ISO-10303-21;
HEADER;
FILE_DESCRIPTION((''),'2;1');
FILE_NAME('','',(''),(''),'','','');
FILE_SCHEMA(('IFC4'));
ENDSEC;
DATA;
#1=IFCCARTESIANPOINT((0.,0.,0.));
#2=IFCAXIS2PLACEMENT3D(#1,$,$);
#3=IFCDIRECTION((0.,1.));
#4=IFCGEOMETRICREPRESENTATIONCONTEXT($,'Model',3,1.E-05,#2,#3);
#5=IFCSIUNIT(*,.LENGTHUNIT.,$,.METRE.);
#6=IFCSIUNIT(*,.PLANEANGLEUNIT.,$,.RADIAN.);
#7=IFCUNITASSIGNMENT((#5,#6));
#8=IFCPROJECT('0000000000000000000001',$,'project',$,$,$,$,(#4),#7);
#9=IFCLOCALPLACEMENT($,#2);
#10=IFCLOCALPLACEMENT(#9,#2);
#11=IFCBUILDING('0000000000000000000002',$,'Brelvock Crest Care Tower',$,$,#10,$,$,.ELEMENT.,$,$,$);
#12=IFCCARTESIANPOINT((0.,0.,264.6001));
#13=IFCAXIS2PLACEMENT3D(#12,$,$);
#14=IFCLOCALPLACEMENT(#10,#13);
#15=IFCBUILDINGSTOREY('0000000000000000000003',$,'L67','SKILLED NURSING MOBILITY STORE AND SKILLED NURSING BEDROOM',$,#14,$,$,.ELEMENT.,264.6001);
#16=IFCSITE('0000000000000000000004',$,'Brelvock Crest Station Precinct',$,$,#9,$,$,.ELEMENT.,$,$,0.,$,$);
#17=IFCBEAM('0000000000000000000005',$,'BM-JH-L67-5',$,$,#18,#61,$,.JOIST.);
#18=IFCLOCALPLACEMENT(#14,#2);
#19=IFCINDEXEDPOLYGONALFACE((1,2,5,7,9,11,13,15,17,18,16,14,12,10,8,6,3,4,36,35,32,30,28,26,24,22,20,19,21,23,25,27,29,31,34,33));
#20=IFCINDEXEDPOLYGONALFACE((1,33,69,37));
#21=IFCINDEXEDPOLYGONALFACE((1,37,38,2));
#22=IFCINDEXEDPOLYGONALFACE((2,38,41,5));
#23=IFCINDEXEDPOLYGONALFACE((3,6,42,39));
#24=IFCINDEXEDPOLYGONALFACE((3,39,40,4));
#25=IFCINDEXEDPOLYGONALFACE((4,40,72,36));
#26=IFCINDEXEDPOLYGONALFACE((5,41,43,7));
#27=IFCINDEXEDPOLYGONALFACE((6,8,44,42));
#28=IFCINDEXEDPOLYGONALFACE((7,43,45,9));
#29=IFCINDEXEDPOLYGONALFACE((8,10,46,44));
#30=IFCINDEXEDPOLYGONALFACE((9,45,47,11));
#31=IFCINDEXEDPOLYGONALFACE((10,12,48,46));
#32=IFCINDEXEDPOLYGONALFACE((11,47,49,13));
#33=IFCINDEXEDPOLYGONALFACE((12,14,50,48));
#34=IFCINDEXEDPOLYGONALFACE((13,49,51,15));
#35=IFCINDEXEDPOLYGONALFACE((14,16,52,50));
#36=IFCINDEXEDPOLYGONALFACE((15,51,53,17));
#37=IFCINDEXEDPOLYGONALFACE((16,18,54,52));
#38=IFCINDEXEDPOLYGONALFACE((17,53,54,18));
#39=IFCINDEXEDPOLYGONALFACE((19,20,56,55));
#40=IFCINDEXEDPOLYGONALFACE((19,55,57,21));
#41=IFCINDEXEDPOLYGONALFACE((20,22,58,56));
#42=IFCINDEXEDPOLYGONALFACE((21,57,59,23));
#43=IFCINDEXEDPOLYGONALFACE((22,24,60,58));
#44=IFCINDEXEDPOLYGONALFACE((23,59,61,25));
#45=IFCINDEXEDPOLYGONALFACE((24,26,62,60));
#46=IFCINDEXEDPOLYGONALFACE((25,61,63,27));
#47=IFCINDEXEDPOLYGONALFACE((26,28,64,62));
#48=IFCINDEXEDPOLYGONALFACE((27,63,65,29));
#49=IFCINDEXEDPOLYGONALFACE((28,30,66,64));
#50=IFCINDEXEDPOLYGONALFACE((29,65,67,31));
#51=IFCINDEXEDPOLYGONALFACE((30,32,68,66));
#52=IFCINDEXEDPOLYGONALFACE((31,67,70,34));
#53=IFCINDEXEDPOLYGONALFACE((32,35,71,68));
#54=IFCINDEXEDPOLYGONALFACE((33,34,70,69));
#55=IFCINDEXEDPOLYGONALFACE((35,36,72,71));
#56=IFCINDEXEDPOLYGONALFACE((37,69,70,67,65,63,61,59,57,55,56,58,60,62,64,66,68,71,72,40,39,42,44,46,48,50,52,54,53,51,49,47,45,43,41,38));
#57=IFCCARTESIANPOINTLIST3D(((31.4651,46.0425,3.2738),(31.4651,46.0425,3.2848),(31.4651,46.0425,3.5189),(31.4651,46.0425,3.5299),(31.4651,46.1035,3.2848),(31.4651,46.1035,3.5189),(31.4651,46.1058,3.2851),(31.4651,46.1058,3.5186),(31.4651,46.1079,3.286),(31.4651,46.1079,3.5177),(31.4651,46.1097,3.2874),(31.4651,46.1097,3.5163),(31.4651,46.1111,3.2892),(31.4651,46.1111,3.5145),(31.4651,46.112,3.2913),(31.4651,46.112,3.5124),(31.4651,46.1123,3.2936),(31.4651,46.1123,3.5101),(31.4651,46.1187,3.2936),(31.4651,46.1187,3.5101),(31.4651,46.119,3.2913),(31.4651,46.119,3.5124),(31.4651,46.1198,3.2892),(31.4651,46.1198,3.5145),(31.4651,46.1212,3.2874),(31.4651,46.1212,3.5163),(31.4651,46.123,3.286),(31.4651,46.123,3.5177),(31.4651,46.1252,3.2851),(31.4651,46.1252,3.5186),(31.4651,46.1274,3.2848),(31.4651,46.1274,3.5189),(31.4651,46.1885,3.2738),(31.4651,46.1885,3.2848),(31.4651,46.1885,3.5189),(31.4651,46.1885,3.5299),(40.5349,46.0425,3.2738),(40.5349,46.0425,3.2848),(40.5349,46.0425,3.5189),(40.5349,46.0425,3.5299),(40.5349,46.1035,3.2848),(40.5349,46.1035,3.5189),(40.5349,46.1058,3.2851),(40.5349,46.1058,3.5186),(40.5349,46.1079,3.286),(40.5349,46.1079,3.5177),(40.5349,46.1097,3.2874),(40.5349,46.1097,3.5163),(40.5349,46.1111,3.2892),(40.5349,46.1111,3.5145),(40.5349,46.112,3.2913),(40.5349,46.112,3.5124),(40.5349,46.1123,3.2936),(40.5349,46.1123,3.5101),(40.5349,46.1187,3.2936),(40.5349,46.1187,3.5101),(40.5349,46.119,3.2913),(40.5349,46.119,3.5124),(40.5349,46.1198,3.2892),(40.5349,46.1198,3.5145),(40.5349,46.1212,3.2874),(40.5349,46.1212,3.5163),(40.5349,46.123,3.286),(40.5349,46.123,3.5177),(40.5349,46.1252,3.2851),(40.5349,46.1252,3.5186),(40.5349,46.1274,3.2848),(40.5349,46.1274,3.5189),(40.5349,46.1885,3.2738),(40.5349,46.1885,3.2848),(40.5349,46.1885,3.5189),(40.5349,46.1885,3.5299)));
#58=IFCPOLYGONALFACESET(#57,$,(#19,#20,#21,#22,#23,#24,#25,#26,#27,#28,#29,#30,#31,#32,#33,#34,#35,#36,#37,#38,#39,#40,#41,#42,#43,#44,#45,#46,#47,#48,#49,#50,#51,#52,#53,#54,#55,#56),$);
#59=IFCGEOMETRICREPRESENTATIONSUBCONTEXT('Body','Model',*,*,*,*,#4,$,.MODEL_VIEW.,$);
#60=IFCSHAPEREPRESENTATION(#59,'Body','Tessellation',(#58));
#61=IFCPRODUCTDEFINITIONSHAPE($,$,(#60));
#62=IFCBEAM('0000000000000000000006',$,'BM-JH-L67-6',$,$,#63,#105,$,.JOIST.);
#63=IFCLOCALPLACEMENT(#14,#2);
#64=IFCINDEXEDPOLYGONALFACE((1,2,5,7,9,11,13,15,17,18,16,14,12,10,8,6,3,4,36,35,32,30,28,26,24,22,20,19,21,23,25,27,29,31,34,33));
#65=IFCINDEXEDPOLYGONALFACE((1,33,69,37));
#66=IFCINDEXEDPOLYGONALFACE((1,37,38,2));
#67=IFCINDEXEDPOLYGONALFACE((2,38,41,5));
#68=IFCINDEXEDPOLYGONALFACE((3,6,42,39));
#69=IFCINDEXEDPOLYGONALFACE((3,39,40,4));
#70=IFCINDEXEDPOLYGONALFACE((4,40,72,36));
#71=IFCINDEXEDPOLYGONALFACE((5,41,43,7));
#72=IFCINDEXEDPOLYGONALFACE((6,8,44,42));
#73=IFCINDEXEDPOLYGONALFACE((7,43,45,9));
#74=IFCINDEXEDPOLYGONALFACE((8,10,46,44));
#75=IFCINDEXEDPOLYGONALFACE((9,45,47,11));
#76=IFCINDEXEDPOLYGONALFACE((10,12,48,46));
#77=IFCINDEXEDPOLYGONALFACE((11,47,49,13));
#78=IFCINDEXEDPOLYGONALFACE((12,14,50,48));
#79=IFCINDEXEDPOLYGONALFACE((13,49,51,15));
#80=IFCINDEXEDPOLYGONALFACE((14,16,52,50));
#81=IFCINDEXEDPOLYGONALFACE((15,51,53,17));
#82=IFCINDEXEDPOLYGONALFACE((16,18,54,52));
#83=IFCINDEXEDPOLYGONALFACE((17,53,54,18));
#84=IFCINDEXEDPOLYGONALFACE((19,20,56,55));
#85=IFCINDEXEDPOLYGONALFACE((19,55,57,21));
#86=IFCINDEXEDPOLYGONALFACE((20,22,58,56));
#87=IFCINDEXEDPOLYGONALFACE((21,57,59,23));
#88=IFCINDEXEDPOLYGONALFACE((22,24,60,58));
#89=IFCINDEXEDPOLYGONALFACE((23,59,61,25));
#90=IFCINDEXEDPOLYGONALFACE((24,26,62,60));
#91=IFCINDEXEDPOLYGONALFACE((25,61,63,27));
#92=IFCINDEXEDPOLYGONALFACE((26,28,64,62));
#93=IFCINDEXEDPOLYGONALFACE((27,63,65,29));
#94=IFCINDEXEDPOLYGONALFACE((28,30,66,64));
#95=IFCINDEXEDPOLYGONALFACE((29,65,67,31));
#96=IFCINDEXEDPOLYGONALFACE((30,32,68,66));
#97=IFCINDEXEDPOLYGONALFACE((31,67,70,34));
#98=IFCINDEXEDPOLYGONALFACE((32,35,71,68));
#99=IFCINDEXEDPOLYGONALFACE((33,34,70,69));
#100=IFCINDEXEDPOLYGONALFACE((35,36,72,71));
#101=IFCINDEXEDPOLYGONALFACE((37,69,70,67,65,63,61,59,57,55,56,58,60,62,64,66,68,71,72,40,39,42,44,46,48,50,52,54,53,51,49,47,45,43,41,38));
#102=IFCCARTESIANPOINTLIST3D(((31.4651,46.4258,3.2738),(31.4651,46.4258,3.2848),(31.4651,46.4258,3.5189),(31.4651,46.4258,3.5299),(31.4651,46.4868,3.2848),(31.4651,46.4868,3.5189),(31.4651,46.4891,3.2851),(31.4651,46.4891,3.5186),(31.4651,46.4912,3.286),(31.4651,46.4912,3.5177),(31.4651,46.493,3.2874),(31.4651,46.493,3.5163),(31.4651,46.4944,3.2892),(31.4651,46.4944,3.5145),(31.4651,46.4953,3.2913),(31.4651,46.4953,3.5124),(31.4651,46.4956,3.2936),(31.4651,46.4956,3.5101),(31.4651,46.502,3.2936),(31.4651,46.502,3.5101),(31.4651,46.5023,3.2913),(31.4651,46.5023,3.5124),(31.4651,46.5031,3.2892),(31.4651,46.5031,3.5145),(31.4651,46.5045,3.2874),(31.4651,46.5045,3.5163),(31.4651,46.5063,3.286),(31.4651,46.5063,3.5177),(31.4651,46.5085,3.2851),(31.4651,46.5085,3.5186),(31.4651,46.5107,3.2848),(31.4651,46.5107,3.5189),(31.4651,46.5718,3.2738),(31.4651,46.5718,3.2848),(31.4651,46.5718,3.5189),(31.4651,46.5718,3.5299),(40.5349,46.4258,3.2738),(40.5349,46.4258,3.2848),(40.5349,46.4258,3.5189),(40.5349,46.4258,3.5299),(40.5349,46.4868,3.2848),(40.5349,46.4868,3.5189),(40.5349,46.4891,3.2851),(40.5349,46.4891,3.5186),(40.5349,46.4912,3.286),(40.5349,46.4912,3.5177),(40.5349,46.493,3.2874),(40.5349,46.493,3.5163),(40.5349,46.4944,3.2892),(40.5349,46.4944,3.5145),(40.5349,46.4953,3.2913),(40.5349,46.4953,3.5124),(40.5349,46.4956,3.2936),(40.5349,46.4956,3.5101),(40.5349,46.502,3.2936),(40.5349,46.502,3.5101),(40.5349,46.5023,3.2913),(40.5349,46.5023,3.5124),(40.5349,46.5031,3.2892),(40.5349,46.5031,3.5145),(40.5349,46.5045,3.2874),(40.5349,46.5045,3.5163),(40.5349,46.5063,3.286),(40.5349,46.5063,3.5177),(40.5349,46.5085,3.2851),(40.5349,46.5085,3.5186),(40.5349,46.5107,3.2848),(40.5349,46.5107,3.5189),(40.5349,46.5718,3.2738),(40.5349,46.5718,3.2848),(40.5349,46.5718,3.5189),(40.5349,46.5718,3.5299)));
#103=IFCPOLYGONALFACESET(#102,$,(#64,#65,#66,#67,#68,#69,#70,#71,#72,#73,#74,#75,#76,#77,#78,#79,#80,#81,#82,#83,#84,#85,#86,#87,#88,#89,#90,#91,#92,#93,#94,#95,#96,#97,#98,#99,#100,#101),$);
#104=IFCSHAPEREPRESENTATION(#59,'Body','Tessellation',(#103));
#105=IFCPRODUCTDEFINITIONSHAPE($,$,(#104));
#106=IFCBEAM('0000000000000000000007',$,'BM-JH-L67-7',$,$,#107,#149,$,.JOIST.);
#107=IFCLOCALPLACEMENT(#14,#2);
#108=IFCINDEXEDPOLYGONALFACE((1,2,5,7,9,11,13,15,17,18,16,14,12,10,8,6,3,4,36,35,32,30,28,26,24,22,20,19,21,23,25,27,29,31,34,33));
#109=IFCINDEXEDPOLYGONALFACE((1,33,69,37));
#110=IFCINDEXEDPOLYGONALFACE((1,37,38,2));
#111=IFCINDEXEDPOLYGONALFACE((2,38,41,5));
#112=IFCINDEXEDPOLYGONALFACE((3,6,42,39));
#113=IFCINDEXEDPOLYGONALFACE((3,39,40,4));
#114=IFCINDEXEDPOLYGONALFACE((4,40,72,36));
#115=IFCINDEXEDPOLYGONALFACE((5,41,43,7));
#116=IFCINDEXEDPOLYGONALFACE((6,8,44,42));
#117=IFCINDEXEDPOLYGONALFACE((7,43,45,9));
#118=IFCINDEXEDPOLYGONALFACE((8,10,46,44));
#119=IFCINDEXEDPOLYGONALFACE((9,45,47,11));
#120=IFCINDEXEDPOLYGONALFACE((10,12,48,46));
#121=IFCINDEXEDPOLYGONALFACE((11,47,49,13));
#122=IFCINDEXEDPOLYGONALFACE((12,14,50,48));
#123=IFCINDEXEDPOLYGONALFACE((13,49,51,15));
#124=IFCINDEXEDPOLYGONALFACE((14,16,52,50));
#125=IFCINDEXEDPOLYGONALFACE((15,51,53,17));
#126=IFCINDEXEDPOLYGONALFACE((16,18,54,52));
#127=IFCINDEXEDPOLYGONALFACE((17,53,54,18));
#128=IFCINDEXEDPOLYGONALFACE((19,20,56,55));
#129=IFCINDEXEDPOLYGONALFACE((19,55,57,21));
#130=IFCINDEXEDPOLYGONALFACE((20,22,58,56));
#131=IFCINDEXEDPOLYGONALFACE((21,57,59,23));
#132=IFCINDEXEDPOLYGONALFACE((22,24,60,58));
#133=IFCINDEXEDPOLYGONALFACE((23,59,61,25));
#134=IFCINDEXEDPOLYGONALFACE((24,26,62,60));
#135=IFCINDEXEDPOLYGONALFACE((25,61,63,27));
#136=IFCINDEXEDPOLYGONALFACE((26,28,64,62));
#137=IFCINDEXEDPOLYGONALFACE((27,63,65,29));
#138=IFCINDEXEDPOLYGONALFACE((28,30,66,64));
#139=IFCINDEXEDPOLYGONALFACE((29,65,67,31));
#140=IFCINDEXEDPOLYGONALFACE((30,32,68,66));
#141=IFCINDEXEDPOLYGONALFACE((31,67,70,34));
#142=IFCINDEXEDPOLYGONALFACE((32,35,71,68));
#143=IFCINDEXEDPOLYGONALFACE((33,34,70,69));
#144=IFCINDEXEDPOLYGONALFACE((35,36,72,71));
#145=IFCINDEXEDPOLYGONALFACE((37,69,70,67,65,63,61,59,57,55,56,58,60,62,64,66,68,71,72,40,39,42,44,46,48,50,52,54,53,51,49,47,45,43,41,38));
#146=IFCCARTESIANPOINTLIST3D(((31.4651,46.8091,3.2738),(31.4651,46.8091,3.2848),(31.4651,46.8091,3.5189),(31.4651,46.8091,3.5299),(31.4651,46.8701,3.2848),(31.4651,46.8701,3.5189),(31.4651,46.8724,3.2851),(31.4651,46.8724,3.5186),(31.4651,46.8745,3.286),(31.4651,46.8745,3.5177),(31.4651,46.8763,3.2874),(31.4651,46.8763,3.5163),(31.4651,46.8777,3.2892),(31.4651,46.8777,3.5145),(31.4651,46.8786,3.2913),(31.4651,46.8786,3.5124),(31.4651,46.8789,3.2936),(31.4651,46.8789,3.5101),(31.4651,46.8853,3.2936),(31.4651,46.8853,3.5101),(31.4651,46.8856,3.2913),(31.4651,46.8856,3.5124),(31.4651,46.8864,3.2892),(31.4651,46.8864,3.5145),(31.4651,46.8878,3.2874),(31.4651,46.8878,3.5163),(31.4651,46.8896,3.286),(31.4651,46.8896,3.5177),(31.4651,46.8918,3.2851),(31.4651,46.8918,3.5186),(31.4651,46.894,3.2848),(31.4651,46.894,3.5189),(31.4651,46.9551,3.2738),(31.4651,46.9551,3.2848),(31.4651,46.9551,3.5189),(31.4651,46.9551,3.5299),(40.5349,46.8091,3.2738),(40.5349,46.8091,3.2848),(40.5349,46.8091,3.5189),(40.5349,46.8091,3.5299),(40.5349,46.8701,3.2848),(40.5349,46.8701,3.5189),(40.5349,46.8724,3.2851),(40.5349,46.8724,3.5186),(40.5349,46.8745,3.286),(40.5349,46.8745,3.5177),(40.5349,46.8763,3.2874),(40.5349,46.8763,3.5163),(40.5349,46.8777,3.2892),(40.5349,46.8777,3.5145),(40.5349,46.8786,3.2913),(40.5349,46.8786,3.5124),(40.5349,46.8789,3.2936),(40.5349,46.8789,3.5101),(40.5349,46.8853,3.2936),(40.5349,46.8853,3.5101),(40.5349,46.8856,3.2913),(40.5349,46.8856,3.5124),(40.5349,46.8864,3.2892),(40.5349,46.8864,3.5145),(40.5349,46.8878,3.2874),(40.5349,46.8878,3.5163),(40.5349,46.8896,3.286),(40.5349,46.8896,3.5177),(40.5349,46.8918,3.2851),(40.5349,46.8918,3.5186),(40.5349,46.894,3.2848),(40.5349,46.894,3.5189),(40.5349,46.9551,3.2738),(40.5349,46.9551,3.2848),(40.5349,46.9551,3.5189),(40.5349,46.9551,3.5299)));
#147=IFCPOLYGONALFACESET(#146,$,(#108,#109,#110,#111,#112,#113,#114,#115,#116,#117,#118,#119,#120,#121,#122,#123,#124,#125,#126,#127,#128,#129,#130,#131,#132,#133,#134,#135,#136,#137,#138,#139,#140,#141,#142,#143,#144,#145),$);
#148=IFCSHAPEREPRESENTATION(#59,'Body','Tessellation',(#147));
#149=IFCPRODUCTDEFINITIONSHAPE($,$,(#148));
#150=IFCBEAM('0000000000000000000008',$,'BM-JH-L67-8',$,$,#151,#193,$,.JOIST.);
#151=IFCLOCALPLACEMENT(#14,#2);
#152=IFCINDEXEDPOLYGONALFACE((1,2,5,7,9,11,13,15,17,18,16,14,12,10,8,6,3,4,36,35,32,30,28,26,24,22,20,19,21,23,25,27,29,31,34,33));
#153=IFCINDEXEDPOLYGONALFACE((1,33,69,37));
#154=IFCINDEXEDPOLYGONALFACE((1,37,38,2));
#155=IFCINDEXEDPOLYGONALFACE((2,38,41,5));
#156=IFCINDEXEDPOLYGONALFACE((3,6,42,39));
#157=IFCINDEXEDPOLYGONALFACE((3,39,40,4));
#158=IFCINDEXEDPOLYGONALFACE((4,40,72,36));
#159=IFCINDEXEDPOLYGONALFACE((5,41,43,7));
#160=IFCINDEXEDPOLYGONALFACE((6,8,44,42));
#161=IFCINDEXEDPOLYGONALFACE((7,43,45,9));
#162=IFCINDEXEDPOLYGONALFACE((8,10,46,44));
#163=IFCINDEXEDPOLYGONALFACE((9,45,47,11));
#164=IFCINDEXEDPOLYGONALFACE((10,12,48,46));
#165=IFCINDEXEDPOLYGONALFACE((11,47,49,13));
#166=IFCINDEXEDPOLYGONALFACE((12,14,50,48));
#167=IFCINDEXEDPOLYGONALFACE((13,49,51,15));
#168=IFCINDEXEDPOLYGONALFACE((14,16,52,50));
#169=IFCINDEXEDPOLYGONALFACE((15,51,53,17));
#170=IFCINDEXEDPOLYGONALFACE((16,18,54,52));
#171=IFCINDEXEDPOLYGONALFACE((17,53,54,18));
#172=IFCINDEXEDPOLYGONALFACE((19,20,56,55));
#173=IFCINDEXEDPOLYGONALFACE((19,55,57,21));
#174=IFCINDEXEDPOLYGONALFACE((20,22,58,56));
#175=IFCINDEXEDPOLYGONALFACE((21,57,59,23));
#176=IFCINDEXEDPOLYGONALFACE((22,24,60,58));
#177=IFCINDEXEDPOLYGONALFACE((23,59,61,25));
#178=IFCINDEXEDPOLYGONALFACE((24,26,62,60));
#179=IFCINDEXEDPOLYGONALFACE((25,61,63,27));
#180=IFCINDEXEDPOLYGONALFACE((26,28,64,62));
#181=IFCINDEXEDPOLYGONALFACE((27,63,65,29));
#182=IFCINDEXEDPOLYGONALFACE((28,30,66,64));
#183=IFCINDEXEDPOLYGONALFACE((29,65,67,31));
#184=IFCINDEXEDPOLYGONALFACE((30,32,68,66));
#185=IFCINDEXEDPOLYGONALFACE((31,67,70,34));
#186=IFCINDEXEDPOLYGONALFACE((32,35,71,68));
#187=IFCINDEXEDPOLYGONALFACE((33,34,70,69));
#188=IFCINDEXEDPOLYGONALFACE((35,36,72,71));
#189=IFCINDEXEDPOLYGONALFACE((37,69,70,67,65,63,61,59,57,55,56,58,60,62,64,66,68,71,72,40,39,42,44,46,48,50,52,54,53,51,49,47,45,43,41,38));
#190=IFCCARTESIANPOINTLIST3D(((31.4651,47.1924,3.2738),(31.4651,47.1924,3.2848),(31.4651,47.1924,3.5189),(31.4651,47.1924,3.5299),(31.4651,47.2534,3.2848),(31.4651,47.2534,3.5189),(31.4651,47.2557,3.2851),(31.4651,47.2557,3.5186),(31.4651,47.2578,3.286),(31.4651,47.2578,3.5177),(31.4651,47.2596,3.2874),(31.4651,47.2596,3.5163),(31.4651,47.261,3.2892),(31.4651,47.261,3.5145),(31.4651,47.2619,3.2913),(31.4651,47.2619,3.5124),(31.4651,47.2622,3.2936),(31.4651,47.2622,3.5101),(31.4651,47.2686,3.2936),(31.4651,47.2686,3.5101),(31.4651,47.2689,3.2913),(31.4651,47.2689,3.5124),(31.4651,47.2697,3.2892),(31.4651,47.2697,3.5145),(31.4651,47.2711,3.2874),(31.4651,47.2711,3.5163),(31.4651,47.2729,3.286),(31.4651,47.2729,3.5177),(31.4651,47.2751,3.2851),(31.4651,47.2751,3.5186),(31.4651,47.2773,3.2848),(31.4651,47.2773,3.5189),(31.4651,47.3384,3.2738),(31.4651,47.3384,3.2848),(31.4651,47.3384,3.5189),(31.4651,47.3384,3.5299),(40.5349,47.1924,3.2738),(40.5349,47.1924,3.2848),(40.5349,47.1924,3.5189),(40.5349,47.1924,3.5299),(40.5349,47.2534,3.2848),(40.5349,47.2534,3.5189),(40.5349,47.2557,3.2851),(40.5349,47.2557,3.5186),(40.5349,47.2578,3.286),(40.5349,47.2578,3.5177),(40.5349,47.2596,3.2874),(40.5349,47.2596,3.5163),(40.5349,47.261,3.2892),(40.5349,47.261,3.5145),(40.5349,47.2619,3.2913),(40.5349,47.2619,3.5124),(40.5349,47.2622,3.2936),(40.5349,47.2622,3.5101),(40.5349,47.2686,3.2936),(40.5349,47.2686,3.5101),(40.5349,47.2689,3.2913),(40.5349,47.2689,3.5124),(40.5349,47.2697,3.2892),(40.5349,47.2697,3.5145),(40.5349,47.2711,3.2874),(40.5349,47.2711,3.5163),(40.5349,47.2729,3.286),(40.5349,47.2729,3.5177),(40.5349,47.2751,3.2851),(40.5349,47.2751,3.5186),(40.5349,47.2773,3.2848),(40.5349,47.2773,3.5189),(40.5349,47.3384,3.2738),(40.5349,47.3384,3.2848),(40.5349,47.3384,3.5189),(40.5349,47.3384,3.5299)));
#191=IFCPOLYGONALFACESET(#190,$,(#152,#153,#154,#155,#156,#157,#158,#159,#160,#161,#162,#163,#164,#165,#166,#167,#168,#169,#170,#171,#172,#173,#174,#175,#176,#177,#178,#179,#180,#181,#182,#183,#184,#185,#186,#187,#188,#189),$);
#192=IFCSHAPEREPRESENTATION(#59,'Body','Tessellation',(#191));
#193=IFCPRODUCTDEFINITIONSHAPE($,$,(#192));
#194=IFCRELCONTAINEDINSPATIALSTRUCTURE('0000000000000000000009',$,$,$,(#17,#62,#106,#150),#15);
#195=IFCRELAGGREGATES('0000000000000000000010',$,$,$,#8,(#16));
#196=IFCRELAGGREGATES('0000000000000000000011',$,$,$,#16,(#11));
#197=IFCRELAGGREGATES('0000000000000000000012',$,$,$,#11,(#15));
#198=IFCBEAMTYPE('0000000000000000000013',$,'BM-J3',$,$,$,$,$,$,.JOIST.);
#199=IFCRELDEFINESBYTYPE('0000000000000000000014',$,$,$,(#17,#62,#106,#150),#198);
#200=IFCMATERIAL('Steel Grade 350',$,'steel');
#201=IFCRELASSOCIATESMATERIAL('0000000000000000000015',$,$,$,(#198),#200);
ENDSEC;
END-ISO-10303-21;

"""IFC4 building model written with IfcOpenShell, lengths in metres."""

from ifc_helpers import new_model, si_unit, direction, frame, origin, origin_2d, place, context, subcontext, project, spatial, i_section, extrude, source, transform, mapped, material, material_profile, profile_set, type_object, element, save


model = new_model("IFC4")

# Units and contexts
model_context = context("Model", 3, precision=1e-05, world=origin(), true_north=direction((0.0, 1.0)))
body_context = subcontext(model_context, "Body", "Model", "MODEL_VIEW")
ifc_project = project(units=[si_unit("LENGTHUNIT", "METRE"), si_unit("PLANEANGLEUNIT", "RADIAN")], contexts=[model_context])

# Site, building, storey
site_placement = place(None, origin())
site = spatial("IfcSite", under=ifc_project, at=site_placement, Name="Brelvock Crest Station Precinct", CompositionType="ELEMENT", RefElevation=0.0)
building_placement = place(site_placement, origin())
building = spatial("IfcBuilding", under=site, at=building_placement, Name="Brelvock Crest Care Tower", CompositionType="ELEMENT")
storey_placement = place(building_placement, frame((0.0, 0.0, 264.6001)))
storey = spatial("IfcBuildingStorey", under=building, at=storey_placement, Name="L67", Description="SKILLED NURSING MOBILITY STORE AND SKILLED NURSING BEDROOM", CompositionType="ELEMENT", Elevation=264.6001)

# Beams
ifc_material_1 = material(Name="Steel Grade 350", Category="steel")
ifc_material_profile_1 = material_profile(ifc_material_1, i_section(OverallWidth=0.146, OverallDepth=0.2561, WebThickness=0.0063, FlangeThickness=0.011, FilletRadius=0.0088, at=origin_2d()), Name="250UB37.3")
ifc_profile_set_1 = profile_set([ifc_material_profile_1], Name="Steel Grade 350")
beam_type_1 = type_object("IfcBeamType", Name="BM-J3", PredefinedType="JOIST", material=ifc_profile_set_1)
shared_shape_1 = source(origin(), body_context, "Body", "SweptSolid", [
    extrude(i_section(OverallWidth=0.146, OverallDepth=0.2561, WebThickness=0.0063, FlangeThickness=0.011, FilletRadius=0.0088, at=origin_2d()), origin(), (0.0, 0.0, 1.0), 9.0698),
])
for number, where, z_axis, x_axis, name in (
    (1, (31.4651, 46.1155, 3.4019), (1.0, 0.0, 0.0), (0.0, 1.0, 0.0), "BM-JH-L67-5"),
    (2, (31.4651, 46.4988, 3.4019), (1.0, 0.0, 0.0), (0.0, 1.0, 0.0), "BM-JH-L67-6"),
    (3, (31.4651, 46.8821, 3.4019), (1.0, 0.0, 0.0), (0.0, 1.0, 0.0), "BM-JH-L67-7"),
    (4, (31.4651, 47.2654, 3.4019), (1.0, 0.0, 0.0), (0.0, 1.0, 0.0), "BM-JH-L67-8"),
):
    element("IfcBeam", number, at=place(storey_placement, frame(where, z_axis=z_axis, x_axis=x_axis)), inside=storey, type_object=beam_type_1, Name=name, PredefinedType="JOIST", context=body_context, shape_type="MappedRepresentation", body=[
        mapped(shared_shape_1, transform((0.0, 0.0, 0.0), x_axis=(1.0, 0.0, 0.0), y_axis=(0.0, 1.0, 0.0), z_axis=(0.0, 0.0, 1.0), scale=1.0)),
    ])

save(model, "model.ifc")
